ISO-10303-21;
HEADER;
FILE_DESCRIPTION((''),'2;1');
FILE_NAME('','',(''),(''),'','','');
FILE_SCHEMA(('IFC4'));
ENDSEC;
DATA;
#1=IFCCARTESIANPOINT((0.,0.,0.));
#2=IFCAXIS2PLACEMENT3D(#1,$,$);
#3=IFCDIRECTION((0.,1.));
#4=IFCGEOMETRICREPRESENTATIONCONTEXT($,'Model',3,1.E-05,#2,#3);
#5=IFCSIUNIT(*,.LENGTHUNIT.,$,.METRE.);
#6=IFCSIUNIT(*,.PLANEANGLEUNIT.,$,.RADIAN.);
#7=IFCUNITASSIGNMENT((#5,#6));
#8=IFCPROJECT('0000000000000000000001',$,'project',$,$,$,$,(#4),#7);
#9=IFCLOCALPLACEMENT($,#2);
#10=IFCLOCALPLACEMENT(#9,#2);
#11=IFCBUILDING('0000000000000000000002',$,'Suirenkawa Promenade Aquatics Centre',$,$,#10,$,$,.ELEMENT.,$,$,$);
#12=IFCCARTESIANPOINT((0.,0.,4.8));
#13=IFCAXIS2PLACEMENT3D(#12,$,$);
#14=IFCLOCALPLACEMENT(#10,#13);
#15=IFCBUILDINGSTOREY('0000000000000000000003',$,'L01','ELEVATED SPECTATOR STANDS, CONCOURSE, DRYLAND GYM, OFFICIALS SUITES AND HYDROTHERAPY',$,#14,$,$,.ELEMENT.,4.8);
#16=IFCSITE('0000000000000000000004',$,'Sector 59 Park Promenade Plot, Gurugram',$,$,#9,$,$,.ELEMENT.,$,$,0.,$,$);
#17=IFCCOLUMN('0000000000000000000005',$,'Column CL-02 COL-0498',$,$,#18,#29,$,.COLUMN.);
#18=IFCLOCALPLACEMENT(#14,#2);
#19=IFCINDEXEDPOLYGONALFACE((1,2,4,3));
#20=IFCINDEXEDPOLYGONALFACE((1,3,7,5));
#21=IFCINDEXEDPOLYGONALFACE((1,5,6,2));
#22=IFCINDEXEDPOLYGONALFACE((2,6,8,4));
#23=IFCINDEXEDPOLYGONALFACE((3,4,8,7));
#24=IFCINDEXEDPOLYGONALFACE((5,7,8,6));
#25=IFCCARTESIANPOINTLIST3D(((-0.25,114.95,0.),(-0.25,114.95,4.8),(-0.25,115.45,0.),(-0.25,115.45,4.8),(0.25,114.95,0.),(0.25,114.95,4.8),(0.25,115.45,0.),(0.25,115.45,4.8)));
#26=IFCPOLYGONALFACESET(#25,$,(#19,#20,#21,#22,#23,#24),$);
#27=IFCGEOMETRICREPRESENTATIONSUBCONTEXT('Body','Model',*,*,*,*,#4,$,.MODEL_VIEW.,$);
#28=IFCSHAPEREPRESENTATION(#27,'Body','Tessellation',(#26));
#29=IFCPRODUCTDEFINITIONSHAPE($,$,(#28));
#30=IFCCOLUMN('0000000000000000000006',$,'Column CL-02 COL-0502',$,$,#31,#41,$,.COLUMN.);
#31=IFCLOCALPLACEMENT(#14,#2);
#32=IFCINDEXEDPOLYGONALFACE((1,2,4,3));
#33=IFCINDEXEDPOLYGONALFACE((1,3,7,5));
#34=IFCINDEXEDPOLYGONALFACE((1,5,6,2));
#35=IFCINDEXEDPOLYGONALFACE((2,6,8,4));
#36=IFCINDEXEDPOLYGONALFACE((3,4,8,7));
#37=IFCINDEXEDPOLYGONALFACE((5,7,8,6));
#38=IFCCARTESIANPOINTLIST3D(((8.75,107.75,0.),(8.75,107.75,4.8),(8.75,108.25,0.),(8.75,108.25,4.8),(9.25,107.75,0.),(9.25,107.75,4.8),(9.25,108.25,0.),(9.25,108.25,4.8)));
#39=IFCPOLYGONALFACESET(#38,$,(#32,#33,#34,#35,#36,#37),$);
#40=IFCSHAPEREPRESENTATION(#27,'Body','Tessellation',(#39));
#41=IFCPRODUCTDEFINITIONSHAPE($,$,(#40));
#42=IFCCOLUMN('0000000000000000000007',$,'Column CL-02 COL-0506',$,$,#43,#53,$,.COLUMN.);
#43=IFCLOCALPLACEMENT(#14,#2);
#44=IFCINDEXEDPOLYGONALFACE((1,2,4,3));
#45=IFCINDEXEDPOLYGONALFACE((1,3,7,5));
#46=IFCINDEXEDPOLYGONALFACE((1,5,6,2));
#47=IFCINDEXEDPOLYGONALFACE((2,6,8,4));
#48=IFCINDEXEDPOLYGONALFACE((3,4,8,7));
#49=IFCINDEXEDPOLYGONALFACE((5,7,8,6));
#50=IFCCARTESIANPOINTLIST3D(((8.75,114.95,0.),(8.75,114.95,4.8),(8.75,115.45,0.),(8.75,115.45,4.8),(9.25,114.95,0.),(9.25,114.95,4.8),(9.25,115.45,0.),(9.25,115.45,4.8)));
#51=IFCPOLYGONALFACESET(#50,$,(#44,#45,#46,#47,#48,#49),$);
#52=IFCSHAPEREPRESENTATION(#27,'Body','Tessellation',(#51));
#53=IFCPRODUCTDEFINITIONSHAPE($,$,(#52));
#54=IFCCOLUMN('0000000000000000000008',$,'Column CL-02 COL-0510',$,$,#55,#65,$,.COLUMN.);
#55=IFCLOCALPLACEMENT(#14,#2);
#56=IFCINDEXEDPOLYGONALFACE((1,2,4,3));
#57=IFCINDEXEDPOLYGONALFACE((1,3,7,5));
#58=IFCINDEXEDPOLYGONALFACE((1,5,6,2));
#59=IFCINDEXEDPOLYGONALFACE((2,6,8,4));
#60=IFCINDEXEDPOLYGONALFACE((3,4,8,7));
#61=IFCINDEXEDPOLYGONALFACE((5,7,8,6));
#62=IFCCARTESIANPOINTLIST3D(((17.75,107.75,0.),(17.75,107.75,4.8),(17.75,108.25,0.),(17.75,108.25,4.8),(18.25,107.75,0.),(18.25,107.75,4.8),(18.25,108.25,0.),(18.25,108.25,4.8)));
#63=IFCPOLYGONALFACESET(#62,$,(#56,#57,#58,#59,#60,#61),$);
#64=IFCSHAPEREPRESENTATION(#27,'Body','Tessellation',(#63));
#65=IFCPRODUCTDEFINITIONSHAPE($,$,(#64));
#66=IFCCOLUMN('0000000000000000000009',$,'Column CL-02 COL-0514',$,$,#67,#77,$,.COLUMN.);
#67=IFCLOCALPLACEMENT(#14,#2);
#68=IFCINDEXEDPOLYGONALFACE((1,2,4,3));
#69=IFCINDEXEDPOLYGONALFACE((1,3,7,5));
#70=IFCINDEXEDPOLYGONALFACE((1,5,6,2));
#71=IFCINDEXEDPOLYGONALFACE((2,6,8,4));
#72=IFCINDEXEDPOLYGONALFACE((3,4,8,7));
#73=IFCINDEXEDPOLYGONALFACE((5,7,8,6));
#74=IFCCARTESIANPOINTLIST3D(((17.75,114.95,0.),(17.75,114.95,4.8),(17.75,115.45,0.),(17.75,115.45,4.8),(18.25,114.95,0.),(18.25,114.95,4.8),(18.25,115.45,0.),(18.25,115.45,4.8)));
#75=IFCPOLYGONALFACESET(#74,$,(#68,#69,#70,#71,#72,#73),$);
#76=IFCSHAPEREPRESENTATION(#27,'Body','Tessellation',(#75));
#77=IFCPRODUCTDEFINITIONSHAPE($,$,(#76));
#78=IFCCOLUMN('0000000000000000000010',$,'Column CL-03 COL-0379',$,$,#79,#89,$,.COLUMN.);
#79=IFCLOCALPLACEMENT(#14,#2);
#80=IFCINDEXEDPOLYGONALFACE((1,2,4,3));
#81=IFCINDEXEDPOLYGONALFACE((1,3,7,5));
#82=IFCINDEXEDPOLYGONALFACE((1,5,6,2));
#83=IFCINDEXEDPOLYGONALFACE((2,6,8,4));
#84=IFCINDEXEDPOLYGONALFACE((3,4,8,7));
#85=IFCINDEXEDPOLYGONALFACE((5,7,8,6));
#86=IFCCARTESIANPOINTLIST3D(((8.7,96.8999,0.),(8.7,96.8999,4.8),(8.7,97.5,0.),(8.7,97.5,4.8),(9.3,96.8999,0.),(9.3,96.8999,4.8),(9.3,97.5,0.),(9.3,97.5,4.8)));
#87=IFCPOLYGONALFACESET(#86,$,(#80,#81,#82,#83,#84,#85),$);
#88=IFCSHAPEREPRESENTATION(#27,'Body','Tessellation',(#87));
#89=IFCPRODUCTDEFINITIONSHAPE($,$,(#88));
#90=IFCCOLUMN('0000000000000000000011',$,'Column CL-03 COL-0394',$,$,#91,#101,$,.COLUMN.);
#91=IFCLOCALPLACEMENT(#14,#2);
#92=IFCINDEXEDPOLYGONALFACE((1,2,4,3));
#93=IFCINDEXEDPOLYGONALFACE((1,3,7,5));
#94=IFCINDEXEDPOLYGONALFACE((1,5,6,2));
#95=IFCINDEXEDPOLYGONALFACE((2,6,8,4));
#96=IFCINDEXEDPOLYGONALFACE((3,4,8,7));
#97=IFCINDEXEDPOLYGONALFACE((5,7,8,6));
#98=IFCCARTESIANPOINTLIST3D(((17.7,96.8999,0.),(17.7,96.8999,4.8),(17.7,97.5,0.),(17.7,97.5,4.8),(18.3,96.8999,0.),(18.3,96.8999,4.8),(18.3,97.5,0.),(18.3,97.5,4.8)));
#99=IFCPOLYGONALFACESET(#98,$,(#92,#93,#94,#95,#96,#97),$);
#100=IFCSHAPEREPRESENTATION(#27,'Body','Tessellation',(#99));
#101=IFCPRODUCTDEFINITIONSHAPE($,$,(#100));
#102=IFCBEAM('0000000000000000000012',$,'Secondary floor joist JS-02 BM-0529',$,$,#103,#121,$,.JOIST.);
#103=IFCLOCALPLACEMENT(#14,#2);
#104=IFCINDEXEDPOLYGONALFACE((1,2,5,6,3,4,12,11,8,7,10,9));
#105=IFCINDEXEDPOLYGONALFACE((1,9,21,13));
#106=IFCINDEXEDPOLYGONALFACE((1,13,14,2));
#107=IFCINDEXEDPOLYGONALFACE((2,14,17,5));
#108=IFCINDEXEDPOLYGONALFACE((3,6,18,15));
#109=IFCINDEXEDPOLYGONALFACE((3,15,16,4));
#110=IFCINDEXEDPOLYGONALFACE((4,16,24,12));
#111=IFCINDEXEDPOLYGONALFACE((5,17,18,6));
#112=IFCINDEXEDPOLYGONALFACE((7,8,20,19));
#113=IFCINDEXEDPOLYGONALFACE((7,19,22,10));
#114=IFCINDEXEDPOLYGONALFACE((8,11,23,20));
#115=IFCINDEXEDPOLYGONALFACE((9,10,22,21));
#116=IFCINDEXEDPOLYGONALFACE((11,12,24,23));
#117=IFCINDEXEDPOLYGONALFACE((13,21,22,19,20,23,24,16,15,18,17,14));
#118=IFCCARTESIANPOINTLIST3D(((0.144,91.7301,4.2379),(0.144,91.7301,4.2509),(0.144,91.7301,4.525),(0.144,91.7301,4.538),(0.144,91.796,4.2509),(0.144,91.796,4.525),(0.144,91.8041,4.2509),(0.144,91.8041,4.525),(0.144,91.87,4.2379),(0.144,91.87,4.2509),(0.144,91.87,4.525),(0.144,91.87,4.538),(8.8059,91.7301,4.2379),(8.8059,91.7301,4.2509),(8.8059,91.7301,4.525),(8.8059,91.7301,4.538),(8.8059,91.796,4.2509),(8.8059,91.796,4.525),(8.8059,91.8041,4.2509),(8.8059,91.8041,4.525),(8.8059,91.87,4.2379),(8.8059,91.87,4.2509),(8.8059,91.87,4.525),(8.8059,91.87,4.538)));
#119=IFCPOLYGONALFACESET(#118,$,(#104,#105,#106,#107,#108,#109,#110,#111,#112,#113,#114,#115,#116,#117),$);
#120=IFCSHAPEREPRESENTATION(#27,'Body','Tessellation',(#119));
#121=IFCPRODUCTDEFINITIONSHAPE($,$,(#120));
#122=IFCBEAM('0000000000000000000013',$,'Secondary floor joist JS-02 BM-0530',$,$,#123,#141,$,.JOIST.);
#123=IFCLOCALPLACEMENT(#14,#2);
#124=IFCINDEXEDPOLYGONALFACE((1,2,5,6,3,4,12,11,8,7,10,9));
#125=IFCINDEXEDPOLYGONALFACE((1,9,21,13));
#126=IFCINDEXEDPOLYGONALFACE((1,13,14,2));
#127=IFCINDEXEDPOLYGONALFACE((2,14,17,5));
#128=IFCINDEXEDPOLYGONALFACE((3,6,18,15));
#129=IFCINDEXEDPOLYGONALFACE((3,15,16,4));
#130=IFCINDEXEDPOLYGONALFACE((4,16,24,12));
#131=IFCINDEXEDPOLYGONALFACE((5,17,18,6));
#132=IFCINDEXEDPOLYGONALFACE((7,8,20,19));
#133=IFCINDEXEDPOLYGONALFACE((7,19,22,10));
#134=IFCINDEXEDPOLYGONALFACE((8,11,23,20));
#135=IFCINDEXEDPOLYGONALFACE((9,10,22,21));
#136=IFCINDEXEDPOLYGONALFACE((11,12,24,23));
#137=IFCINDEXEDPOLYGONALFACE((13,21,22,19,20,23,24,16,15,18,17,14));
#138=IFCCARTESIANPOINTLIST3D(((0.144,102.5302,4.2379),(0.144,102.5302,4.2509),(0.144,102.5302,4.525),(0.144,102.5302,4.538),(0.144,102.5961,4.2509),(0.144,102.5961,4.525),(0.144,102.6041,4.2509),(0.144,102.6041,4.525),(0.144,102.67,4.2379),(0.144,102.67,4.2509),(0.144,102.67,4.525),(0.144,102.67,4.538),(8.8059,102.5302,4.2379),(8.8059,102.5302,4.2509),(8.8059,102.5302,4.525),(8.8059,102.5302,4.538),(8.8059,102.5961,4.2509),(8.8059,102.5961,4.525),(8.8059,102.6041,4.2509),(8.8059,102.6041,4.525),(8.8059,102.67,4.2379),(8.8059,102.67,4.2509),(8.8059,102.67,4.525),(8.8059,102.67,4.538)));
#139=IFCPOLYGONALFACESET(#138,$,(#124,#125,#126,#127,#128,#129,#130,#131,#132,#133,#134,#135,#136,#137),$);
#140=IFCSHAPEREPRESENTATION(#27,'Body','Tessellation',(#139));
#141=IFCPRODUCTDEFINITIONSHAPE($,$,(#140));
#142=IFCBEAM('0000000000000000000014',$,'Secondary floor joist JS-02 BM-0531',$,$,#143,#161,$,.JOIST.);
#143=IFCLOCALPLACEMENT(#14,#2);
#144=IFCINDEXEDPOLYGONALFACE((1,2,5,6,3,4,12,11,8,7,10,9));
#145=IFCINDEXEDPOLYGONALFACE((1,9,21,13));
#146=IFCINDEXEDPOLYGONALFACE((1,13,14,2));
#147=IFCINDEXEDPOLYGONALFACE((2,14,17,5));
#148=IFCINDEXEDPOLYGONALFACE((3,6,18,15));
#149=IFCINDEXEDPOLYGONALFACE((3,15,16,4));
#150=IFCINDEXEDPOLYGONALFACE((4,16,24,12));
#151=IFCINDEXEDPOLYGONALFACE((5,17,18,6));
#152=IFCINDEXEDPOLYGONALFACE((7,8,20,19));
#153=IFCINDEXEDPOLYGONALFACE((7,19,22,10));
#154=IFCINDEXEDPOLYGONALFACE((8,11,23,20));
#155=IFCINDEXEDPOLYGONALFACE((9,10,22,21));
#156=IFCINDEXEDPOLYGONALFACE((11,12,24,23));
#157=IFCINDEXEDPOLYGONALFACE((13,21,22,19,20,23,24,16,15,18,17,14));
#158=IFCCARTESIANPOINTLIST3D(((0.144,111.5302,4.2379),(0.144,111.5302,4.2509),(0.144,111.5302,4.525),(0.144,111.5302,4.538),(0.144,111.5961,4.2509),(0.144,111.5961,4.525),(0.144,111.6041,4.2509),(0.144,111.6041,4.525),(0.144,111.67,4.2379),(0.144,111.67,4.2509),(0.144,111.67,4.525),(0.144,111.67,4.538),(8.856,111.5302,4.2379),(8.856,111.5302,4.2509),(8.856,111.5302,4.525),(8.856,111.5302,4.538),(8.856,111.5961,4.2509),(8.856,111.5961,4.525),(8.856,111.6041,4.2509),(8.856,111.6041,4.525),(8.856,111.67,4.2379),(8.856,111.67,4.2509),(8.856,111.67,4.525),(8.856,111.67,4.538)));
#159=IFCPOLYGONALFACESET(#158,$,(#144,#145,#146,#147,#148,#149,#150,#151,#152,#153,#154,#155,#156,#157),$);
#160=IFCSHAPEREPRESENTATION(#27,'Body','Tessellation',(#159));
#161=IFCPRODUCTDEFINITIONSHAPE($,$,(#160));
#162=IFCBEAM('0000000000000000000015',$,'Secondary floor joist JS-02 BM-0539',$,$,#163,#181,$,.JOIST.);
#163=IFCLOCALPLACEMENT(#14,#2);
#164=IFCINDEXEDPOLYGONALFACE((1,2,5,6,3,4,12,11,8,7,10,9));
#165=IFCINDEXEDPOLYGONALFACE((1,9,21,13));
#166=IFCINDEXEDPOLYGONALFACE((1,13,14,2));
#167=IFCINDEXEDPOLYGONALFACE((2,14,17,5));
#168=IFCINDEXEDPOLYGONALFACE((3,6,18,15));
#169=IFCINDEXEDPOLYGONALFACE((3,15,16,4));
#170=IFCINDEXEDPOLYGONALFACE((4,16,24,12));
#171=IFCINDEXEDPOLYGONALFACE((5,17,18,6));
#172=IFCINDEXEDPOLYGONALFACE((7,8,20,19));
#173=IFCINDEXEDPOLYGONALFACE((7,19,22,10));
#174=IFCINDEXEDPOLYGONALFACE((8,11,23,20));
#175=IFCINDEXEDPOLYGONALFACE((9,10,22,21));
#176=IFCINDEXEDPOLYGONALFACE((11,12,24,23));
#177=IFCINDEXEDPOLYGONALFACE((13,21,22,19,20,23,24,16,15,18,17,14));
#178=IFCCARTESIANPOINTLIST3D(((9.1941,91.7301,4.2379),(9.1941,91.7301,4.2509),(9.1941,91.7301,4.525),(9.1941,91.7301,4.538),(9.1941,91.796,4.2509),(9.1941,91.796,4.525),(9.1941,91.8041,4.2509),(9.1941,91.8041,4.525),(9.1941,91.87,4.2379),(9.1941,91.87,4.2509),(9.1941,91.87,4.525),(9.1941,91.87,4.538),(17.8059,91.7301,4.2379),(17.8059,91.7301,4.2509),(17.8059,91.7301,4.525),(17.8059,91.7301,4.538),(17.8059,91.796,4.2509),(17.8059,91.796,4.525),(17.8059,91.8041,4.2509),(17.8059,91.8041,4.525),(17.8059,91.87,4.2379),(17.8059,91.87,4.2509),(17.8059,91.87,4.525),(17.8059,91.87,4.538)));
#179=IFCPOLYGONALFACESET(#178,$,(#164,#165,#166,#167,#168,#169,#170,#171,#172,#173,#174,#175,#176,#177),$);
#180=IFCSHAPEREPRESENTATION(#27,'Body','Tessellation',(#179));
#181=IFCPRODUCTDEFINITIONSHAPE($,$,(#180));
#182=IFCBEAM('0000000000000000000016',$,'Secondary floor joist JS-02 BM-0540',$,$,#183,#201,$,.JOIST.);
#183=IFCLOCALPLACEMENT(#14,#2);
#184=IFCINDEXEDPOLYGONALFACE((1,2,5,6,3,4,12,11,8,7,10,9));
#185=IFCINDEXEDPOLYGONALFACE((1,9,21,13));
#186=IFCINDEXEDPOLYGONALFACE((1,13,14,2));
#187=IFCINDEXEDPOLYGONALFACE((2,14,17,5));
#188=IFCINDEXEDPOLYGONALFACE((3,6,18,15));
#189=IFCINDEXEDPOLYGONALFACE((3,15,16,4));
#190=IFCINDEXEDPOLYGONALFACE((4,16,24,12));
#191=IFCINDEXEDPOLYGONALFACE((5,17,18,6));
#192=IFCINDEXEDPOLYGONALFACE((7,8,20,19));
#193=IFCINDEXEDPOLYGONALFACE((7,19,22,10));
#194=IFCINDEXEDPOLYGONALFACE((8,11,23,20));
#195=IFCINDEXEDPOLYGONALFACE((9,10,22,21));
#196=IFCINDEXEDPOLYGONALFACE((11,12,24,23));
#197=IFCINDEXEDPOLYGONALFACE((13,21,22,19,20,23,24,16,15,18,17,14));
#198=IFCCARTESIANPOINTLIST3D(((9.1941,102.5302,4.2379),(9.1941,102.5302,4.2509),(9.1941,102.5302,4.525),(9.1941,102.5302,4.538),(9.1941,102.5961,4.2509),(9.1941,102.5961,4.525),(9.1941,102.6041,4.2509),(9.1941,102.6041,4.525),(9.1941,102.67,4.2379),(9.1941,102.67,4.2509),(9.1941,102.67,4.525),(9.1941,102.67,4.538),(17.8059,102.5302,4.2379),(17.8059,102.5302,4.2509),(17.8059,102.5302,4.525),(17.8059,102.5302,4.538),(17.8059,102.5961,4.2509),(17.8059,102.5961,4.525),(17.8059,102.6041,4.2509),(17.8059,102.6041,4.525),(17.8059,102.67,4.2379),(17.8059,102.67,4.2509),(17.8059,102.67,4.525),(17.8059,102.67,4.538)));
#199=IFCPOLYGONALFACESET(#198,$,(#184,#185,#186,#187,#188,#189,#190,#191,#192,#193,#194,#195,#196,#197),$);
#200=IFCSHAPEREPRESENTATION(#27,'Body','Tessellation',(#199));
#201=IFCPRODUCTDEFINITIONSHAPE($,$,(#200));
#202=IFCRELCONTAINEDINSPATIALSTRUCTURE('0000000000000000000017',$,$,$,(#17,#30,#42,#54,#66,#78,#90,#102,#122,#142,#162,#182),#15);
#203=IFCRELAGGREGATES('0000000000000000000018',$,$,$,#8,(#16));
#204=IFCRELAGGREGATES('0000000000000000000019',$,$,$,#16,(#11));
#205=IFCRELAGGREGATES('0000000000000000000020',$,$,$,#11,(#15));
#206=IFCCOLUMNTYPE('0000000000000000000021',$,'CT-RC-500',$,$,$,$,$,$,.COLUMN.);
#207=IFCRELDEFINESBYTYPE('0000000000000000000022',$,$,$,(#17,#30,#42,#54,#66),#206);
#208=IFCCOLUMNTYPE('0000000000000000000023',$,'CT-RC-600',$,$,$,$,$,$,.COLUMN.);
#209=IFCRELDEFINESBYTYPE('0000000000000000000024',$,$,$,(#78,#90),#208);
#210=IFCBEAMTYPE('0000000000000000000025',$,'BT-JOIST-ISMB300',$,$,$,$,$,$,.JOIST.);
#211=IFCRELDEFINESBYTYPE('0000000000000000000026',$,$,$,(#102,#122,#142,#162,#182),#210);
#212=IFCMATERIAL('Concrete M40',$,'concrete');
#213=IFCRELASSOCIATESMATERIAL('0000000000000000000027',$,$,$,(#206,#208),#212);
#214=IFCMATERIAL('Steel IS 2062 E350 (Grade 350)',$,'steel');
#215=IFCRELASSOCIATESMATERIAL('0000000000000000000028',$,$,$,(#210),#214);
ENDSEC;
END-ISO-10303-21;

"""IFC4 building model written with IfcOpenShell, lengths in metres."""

from ifc_helpers import new_model, si_unit, direction, frame, origin, origin_2d, place, context, subcontext, project, spatial, rectangle, i_section, extrude, material, material_profile, profile_set, type_object, element, save


model = new_model("IFC4")

# Units and contexts
model_context = context("Model", 3, precision=1e-05, world=origin(), true_north=direction((0.0, 1.0)))
body_context = subcontext(model_context, "Body", "Model", "MODEL_VIEW")
ifc_project = project(units=[si_unit("LENGTHUNIT", "METRE"), si_unit("PLANEANGLEUNIT", "RADIAN")], contexts=[model_context])

# Site, building, storey
site_placement = place(None, origin())
site = spatial("IfcSite", under=ifc_project, at=site_placement, Name="Sector 59 Park Promenade Plot, Gurugram", CompositionType="ELEMENT", RefElevation=0.0)
building_placement = place(site_placement, origin())
building = spatial("IfcBuilding", under=site, at=building_placement, Name="Suirenkawa Promenade Aquatics Centre", CompositionType="ELEMENT")
storey_placement = place(building_placement, frame((0.0, 0.0, 4.8)))
storey = spatial("IfcBuildingStorey", under=building, at=storey_placement, Name="L01", Description="ELEVATED SPECTATOR STANDS, CONCOURSE, DRYLAND GYM, OFFICIALS SUITES AND HYDROTHERAPY", CompositionType="ELEMENT", Elevation=4.8)

# Columns
ifc_material_1 = material(Name="Concrete M40", Category="concrete")
ifc_material_profile_1 = material_profile(ifc_material_1, rectangle(XDim=0.5, YDim=0.5, at=origin_2d()), Name="RC COL 500x500", Category="concrete")
ifc_profile_set_1 = profile_set([ifc_material_profile_1], Name="Concrete M40")
column_type_1 = type_object("IfcColumnType", Name="CT-RC-500", PredefinedType="COLUMN", material=ifc_profile_set_1)
for number, where, z_axis, x_axis, name in (
    (1, (0.0, 115.2, 0.0), (0.0, 0.0, 1.0), (1.0, 0.0, 0.0), "Column CL-02 COL-0498"),
    (2, (9.0, 108.0, 0.0), (0.0, 0.0, 1.0), (1.0, 0.0, 0.0), "Column CL-02 COL-0502"),
    (3, (9.0, 115.2, 0.0), (0.0, 0.0, 1.0), (1.0, 0.0, 0.0), "Column CL-02 COL-0506"),
    (4, (18.0, 108.0, 0.0), (0.0, 0.0, 1.0), (1.0, 0.0, 0.0), "Column CL-02 COL-0510"),
    (5, (18.0, 115.2, 0.0), (0.0, 0.0, 1.0), (1.0, 0.0, 0.0), "Column CL-02 COL-0514"),
):
    element("IfcColumn", number, at=place(storey_placement, frame(where, z_axis=z_axis, x_axis=x_axis)), inside=storey, type_object=column_type_1, Name=name, PredefinedType="COLUMN", context=body_context, shape_type="SweptSolid", body=[
        extrude(rectangle(XDim=0.5, YDim=0.5, at=origin_2d()), origin(), (0.0, 0.0, 1.0), 4.8),
    ])
ifc_material_profile_2 = material_profile(ifc_material_1, rectangle(XDim=0.6001, YDim=0.6001, at=origin_2d()), Name="RC COL 600x600", Category="concrete")
ifc_profile_set_2 = profile_set([ifc_material_profile_2], Name="Concrete M40")
column_type_2 = type_object("IfcColumnType", Name="CT-RC-600", PredefinedType="COLUMN", material=ifc_profile_set_2)
for number, where, z_axis, x_axis, name in (
    (6, (9.0, 97.2, 0.0), (0.0, 0.0, 1.0), (1.0, 0.0, 0.0), "Column CL-03 COL-0379"),
    (7, (18.0, 97.2, 0.0), (0.0, 0.0, 1.0), (1.0, 0.0, 0.0), "Column CL-03 COL-0394"),
):
    element("IfcColumn", number, at=place(storey_placement, frame(where, z_axis=z_axis, x_axis=x_axis)), inside=storey, type_object=column_type_2, Name=name, PredefinedType="COLUMN", context=body_context, shape_type="SweptSolid", body=[
        extrude(rectangle(XDim=0.6001, YDim=0.6001, at=origin_2d()), origin(), (0.0, 0.0, 1.0), 4.8),
    ])

# Beams
ifc_material_2 = material(Name="Steel IS 2062 E350 (Grade 350)", Category="steel")
ifc_material_profile_3 = material_profile(ifc_material_2, i_section(OverallWidth=0.1399, OverallDepth=0.3, WebThickness=0.0081, FlangeThickness=0.0129, at=origin_2d()), Name="ISMB 300", Category="steel")
ifc_profile_set_3 = profile_set([ifc_material_profile_3], Name="Steel IS 2062 E350 (Grade 350)")
beam_type_1 = type_object("IfcBeamType", Name="BT-JOIST-ISMB300", PredefinedType="JOIST", material=ifc_profile_set_3)
for number, where, z_axis, x_axis, name in (
    (8, (0.144, 91.8, 4.3879), (1.0, 0.0, 0.0), (0.0, 1.0, 0.0), "Secondary floor joist JS-02 BM-0529"),
    (9, (0.144, 102.6001, 4.3879), (1.0, 0.0, 0.0), (0.0, 1.0, 0.0), "Secondary floor joist JS-02 BM-0530"),
):
    element("IfcBeam", number, at=place(storey_placement, frame(where, z_axis=z_axis, x_axis=x_axis)), inside=storey, type_object=beam_type_1, Name=name, PredefinedType="JOIST", context=body_context, shape_type="SweptSolid", body=[
        extrude(i_section(OverallWidth=0.1399, OverallDepth=0.3, WebThickness=0.0081, FlangeThickness=0.0129, at=origin_2d()), origin(), (0.0, 0.0, 1.0), 8.6619),
    ])
beam_placement = place(storey_placement, frame((0.144, 111.6001, 4.3879), z_axis=(1.0, 0.0, 0.0), x_axis=(0.0, 1.0, 0.0)))
element("IfcBeam", 10, at=beam_placement, inside=storey, type_object=beam_type_1, Name="Secondary floor joist JS-02 BM-0531", PredefinedType="JOIST", context=body_context, shape_type="SweptSolid", body=[
    extrude(i_section(OverallWidth=0.1399, OverallDepth=0.3, WebThickness=0.0081, FlangeThickness=0.0129, at=origin_2d()), origin(), (0.0, 0.0, 1.0), 8.7119),
])
for number, where, z_axis, x_axis, name in (
    (11, (9.1941, 91.8, 4.3879), (1.0, 0.0, 0.0), (0.0, 1.0, 0.0), "Secondary floor joist JS-02 BM-0539"),
    (12, (9.1941, 102.6001, 4.3879), (1.0, 0.0, 0.0), (0.0, 1.0, 0.0), "Secondary floor joist JS-02 BM-0540"),
):
    element("IfcBeam", number, at=place(storey_placement, frame(where, z_axis=z_axis, x_axis=x_axis)), inside=storey, type_object=beam_type_1, Name=name, PredefinedType="JOIST", context=body_context, shape_type="SweptSolid", body=[
        extrude(i_section(OverallWidth=0.1399, OverallDepth=0.3, WebThickness=0.0081, FlangeThickness=0.0129, at=origin_2d()), origin(), (0.0, 0.0, 1.0), 8.6118),
    ])

save(model, "model.ifc")
